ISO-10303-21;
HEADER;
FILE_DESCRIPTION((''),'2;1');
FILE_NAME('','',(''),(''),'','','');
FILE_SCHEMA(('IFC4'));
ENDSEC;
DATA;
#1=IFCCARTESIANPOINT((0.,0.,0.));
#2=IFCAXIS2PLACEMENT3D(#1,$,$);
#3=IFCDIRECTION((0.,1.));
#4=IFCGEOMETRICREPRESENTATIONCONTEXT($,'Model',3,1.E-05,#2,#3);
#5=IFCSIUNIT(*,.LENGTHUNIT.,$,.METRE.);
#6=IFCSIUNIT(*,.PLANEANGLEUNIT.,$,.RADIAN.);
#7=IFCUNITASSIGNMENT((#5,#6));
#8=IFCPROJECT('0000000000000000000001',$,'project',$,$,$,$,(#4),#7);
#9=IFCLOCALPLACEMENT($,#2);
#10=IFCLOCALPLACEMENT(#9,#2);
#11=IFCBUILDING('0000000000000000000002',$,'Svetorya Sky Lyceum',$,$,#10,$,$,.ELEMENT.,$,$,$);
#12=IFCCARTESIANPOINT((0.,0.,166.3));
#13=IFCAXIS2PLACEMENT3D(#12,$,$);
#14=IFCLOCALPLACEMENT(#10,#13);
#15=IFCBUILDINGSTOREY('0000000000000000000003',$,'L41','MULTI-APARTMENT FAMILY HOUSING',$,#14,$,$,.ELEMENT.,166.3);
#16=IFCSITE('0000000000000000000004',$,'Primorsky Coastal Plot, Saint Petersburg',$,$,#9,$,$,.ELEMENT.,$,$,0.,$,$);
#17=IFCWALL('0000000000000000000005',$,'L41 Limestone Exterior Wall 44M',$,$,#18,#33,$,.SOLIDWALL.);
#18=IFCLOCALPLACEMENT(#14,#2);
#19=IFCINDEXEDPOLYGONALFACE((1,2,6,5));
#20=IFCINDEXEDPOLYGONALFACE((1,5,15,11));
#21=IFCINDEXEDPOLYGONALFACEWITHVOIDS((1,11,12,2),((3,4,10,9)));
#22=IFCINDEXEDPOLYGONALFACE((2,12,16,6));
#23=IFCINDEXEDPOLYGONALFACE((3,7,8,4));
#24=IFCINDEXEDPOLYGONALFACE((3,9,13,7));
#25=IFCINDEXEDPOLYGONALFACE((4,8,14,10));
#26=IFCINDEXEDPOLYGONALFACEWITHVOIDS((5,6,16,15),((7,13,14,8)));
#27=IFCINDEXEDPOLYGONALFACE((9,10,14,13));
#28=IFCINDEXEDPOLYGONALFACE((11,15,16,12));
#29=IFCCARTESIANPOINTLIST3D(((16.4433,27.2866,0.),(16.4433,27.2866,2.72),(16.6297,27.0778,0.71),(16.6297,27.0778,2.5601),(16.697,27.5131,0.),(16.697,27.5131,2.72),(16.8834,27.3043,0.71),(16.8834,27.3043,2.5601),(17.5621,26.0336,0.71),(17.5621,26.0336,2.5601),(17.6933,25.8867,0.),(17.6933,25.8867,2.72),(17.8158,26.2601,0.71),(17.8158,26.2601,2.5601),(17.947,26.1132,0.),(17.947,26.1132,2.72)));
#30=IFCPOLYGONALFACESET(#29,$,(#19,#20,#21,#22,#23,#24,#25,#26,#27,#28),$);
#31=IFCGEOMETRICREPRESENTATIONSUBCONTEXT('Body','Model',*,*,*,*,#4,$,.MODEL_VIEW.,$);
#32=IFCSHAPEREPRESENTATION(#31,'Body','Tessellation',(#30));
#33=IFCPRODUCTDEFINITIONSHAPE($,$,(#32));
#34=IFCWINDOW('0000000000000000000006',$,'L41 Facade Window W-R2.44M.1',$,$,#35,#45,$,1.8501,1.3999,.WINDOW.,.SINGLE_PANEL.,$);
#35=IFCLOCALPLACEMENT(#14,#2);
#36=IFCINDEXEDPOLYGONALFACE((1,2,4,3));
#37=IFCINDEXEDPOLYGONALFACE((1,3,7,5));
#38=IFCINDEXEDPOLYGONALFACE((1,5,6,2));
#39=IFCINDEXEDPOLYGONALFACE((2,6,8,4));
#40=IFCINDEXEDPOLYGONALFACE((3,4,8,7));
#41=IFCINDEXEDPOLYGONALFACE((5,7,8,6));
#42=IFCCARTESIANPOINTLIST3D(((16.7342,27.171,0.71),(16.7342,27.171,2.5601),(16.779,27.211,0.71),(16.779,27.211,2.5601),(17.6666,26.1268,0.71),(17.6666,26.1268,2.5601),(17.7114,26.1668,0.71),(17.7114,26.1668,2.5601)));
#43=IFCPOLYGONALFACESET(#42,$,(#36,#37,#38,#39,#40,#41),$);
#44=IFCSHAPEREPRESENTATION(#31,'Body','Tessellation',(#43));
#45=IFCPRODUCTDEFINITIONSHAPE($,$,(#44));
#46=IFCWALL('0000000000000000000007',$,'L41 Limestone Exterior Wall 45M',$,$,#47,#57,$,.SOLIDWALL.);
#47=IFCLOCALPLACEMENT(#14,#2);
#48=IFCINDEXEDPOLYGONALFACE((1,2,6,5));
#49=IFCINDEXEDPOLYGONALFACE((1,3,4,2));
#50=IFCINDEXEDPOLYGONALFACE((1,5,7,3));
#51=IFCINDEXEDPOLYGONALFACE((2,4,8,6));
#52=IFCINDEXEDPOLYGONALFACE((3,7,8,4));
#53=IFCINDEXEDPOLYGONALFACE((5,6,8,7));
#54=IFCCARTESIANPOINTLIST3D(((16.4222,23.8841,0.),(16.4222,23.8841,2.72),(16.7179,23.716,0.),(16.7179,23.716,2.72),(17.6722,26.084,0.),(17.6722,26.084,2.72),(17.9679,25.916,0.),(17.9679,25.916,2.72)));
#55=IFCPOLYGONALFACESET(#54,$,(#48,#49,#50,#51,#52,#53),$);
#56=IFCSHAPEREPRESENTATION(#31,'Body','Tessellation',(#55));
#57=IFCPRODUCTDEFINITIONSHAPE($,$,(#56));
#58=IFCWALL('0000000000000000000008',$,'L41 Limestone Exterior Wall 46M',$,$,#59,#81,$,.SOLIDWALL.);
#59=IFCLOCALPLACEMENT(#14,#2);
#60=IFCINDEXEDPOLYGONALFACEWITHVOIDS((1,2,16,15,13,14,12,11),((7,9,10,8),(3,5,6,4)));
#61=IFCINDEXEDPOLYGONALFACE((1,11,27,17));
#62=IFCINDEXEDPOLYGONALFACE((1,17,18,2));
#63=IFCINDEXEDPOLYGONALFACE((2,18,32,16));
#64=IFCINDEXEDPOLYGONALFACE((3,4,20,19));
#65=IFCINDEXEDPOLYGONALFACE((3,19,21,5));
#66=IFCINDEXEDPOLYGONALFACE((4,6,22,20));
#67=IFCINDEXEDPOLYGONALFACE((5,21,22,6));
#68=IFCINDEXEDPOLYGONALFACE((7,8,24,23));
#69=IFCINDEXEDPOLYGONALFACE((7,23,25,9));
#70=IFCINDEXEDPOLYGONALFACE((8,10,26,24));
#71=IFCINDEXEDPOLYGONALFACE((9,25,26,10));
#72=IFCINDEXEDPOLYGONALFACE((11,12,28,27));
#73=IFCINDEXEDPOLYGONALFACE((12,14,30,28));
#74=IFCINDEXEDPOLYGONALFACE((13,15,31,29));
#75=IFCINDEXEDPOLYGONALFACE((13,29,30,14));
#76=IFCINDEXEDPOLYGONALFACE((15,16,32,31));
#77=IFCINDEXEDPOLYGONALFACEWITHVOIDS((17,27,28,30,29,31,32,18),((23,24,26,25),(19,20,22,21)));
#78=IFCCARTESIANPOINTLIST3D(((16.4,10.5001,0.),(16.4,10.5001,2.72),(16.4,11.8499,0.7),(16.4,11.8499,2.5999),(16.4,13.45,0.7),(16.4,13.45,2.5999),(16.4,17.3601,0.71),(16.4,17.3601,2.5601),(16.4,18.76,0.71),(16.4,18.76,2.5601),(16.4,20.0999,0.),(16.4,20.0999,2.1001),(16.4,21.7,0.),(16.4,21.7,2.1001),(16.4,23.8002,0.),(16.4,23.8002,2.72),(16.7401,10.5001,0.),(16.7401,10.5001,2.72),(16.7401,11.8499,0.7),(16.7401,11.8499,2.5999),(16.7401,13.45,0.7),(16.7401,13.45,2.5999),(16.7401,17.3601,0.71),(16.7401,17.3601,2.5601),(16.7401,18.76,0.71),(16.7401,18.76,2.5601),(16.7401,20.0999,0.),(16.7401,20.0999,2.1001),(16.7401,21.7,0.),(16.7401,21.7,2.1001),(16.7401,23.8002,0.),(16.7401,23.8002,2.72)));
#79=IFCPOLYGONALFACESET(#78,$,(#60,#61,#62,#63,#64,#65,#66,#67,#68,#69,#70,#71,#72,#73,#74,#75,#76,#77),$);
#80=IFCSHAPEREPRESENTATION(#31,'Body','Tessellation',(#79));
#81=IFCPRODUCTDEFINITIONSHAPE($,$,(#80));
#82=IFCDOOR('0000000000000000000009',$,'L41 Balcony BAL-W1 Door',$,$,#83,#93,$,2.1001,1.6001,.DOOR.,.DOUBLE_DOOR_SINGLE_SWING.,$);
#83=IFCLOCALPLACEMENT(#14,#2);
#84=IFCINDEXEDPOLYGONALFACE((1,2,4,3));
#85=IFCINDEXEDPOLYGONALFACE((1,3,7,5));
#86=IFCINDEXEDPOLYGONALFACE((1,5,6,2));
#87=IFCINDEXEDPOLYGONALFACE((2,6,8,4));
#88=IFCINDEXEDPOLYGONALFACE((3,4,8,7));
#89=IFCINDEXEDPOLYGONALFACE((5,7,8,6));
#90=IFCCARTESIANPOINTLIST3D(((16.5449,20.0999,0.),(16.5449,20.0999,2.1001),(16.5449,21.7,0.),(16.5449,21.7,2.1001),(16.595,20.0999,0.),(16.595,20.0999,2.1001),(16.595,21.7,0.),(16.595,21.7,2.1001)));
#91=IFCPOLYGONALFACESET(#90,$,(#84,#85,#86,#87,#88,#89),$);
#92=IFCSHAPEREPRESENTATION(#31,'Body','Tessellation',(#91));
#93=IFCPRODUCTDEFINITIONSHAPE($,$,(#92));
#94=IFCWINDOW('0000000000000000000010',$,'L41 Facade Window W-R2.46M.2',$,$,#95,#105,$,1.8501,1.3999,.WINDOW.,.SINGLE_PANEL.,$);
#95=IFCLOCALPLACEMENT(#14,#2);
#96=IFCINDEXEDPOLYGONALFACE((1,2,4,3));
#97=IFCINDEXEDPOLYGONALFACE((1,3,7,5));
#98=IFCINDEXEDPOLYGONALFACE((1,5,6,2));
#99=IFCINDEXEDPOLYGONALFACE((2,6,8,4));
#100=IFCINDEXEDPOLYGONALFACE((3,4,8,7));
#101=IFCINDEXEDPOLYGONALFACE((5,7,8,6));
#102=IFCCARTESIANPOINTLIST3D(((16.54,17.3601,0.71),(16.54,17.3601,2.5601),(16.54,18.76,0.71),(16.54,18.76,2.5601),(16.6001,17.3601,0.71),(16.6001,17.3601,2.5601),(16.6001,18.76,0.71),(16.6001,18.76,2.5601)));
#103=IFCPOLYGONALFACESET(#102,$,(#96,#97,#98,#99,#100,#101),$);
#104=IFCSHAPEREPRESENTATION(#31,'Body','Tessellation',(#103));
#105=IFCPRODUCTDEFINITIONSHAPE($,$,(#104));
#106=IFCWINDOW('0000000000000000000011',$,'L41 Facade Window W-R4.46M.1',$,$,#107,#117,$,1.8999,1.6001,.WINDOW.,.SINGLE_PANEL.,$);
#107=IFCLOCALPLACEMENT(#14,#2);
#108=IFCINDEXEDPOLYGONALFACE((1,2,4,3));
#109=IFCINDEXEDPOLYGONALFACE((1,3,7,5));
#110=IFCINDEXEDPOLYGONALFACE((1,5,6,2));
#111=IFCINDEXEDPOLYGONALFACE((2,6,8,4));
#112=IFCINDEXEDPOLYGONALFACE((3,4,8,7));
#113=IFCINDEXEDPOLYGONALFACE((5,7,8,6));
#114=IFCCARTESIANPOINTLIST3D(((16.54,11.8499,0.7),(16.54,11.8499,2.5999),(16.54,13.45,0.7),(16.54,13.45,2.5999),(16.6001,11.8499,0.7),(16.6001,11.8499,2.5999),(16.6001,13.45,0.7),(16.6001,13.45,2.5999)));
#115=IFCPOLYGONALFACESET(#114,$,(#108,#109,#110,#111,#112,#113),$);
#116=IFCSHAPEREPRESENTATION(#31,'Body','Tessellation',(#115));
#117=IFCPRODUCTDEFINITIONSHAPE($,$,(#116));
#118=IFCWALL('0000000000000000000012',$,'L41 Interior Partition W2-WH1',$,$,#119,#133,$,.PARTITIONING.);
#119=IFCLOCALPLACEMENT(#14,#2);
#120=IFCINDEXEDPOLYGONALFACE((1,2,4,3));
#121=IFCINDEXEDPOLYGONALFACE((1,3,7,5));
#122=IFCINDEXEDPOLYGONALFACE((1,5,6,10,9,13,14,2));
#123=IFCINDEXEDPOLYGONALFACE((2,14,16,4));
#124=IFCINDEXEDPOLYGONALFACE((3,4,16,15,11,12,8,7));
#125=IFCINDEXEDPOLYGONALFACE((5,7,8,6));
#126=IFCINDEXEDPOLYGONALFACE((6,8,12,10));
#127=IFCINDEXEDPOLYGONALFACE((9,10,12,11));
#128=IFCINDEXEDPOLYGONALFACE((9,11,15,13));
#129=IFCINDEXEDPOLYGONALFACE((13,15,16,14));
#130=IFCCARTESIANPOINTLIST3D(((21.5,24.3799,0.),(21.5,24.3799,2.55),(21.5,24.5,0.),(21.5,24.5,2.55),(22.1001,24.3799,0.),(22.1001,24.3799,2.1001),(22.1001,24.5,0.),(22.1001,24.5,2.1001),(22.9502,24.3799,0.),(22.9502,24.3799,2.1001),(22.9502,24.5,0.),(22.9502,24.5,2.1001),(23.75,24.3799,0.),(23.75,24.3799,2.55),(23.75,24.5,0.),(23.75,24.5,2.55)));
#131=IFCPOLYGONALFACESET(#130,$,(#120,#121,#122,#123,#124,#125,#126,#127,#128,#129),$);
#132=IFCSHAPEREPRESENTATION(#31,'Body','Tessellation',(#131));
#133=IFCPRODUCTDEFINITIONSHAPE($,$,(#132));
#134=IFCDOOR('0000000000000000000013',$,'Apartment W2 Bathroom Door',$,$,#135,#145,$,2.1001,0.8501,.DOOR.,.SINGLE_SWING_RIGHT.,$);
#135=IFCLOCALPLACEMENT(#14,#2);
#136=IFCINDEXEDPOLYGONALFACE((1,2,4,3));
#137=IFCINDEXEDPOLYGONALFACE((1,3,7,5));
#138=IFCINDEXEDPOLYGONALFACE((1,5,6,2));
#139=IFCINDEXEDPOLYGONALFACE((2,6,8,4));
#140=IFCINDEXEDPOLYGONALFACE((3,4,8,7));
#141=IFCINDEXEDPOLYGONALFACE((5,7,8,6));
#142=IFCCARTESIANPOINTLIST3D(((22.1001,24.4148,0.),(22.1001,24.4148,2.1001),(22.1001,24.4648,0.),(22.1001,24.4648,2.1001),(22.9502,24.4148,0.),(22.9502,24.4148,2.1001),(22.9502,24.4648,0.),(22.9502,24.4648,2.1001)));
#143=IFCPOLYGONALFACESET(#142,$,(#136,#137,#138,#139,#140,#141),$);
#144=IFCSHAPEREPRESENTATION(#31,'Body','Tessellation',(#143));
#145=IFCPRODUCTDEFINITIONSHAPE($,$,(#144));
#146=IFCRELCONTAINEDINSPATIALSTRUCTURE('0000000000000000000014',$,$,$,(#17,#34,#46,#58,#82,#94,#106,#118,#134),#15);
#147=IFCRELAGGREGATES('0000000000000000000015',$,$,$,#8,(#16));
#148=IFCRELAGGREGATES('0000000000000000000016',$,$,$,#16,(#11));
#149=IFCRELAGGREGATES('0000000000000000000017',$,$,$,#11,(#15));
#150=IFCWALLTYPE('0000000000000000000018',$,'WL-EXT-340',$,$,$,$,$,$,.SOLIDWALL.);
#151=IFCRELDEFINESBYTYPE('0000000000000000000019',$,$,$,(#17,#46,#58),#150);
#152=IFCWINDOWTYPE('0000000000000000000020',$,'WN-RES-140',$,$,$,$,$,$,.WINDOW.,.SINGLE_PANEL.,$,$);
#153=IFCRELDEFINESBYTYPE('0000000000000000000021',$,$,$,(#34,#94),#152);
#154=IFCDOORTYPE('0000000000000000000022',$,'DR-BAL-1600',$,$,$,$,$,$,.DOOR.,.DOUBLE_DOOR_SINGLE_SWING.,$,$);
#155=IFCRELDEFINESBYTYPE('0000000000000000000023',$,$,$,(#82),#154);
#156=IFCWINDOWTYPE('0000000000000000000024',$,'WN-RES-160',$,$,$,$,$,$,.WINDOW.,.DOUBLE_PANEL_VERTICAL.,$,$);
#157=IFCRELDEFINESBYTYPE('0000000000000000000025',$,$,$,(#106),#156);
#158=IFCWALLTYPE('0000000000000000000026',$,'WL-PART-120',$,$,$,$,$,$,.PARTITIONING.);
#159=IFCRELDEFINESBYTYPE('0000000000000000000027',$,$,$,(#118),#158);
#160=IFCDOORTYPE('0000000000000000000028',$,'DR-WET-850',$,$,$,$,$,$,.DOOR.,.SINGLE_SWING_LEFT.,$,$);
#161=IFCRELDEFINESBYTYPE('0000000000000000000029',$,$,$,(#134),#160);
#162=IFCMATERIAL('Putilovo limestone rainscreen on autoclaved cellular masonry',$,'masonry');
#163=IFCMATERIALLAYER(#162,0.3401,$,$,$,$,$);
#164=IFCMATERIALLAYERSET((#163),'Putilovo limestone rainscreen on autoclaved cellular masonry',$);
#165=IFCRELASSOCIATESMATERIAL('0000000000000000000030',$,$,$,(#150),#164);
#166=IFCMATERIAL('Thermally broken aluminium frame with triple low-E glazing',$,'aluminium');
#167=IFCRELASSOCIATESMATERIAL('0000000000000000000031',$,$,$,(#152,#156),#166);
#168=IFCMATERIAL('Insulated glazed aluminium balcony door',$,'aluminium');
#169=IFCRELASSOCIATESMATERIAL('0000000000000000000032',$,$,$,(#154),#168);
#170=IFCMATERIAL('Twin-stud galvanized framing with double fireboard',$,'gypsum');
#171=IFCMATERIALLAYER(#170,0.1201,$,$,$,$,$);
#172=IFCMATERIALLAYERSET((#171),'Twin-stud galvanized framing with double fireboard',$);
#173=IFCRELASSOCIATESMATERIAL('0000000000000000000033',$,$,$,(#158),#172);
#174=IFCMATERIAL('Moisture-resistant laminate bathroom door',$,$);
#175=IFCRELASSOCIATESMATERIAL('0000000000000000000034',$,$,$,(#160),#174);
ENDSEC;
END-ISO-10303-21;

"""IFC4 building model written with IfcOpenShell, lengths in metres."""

from ifc_helpers import new_model, si_unit, direction, frame, frame_2d, origin, place, context, subcontext, project, spatial, rectangle, extrude, material, layer, layer_set, type_object, element, fill, save


model = new_model("IFC4")

# Units and contexts
model_context = context("Model", 3, precision=1e-05, world=origin(), true_north=direction((0.0, 1.0)))
body_context = subcontext(model_context, "Body", "Model", "MODEL_VIEW")
ifc_project = project(units=[si_unit("LENGTHUNIT", "METRE"), si_unit("PLANEANGLEUNIT", "RADIAN")], contexts=[model_context])

# Site, building, storey
site_placement = place(None, origin())
site = spatial("IfcSite", under=ifc_project, at=site_placement, Name="Primorsky Coastal Plot, Saint Petersburg", CompositionType="ELEMENT", RefElevation=0.0)
building_placement = place(site_placement, origin())
building = spatial("IfcBuilding", under=site, at=building_placement, Name="Svetorya Sky Lyceum", CompositionType="ELEMENT")
storey_placement = place(building_placement, frame((0.0, 0.0, 166.3)))
storey = spatial("IfcBuildingStorey", under=building, at=storey_placement, Name="L41", Description="MULTI-APARTMENT FAMILY HOUSING", CompositionType="ELEMENT", Elevation=166.3)

# Shared definitions
ifc_material_1 = material(Name="Putilovo limestone rainscreen on autoclaved cellular masonry", Category="masonry")
ifc_layer_1 = layer(ifc_material_1, 0.3401)
ifc_layer_set_1 = layer_set([ifc_layer_1], Name="Putilovo limestone rainscreen on autoclaved cellular masonry")
wall_type_1 = type_object("IfcWallType", Name="WL-EXT-340", PredefinedType="SOLIDWALL", material=ifc_layer_set_1)
ifc_material_2 = material(Name="Thermally broken aluminium frame with triple low-E glazing", Category="aluminium")

# Wall, opening, window
wall_1_placement = place(storey_placement, frame((16.5701, 27.3999, 0.0), z_axis=(0.0, 0.0, 1.0), x_axis=(0.666042, -0.745915, 0.0)))
wall_1 = element("IfcWall", 1, at=wall_1_placement, inside=storey, type_object=wall_type_1, Name="L41 Limestone Exterior Wall 44M", PredefinedType="SOLIDWALL", context=body_context, shape_type="SweptSolid", body=[
    extrude(rectangle(XDim=1.8767, YDim=0.3401, at=frame_2d((0.9385, 0.0))), origin(), (0.0, 0.0, 1.0), 2.72),
])
opening_1_placement = place(wall_1_placement, frame((0.28, 0.0, 0.71)))
opening_1 = element("IfcOpeningElement", 2, at=opening_1_placement, cuts=wall_1, PredefinedType="OPENING", context=body_context, shape_type="SweptSolid", body=[
    extrude(rectangle(XDim=1.3999, YDim=1.8501, at=frame_2d((0.7, 0.925))), frame((0.0, 0.1799, 0.0), z_axis=(0.0, -1.0, 0.0), x_axis=(1.0, 0.0, 0.0)), (0.0, 0.0, 1.0), 0.3601),
])
window_type_1 = type_object("IfcWindowType", Name="WN-RES-140", PartitioningType="SINGLE_PANEL", PredefinedType="WINDOW", material=ifc_material_2)
window_1_placement = place(opening_1_placement, origin())
window_1 = element("IfcWindow", 3, at=window_1_placement, inside=storey, type_object=window_type_1, Name="L41 Facade Window W-R2.44M.1", OverallHeight=1.8501, OverallWidth=1.3999, PartitioningType="SINGLE_PANEL", PredefinedType="WINDOW", context=body_context, shape_type="SweptSolid", body=[
    extrude(rectangle(XDim=1.3999, YDim=1.8501, at=frame_2d((0.7, 0.925))), frame((0.0, 0.03, 0.0), z_axis=(0.0, -1.0, 0.0), x_axis=(1.0, 0.0, 0.0)), (0.0, 0.0, 1.0), 0.0601),
])
fill(opening_1, window_1)

# Wall
wall_2_placement = place(storey_placement, frame((17.8201, 26.0, 0.0), z_axis=(0.0, 0.0, 1.0), x_axis=(-0.494018, -0.869452, 0.0)))
element("IfcWall", 4, at=wall_2_placement, inside=storey, type_object=wall_type_1, Name="L41 Limestone Exterior Wall 45M", PredefinedType="SOLIDWALL", context=body_context, shape_type="SweptSolid", body=[
    extrude(rectangle(XDim=2.5303, YDim=0.3401, at=frame_2d((1.2651, 0.0))), origin(), (0.0, 0.0, 1.0), 2.72),
])

# Wall, openings, door, windows
wall_3_placement = place(storey_placement, frame((16.5701, 23.8, 0.0), z_axis=(0.0, 0.0, 1.0), x_axis=(0.0, -1.0, 0.0)))
wall_3 = element("IfcWall", 5, at=wall_3_placement, inside=storey, type_object=wall_type_1, Name="L41 Limestone Exterior Wall 46M", PredefinedType="SOLIDWALL", context=body_context, shape_type="SweptSolid", body=[
    extrude(rectangle(XDim=13.3, YDim=0.3401, at=frame_2d((6.6499, 0.0))), origin(), (0.0, 0.0, 1.0), 2.72),
])
opening_2_placement = place(wall_3_placement, frame((2.1001, 0.0, 0.0)))
opening_2 = element("IfcOpeningElement", 6, at=opening_2_placement, cuts=wall_3, PredefinedType="OPENING", context=body_context, shape_type="SweptSolid", body=[
    extrude(rectangle(XDim=1.6001, YDim=2.1001, at=frame_2d((0.8, 1.05))), frame((0.0, 0.1799, 0.0), z_axis=(0.0, -1.0, 0.0), x_axis=(1.0, 0.0, 0.0)), (0.0, 0.0, 1.0), 0.3601),
])
opening_3_placement = place(wall_3_placement, frame((5.04, 0.0, 0.71)))
opening_3 = element("IfcOpeningElement", 7, at=opening_3_placement, cuts=wall_3, PredefinedType="OPENING", context=body_context, shape_type="SweptSolid", body=[
    extrude(rectangle(XDim=1.3999, YDim=1.8501, at=frame_2d((0.7, 0.925))), frame((0.0, 0.1799, 0.0), z_axis=(0.0, -1.0, 0.0), x_axis=(1.0, 0.0, 0.0)), (0.0, 0.0, 1.0), 0.3601),
])
opening_4_placement = place(wall_3_placement, frame((10.3501, 0.0, 0.7)))
opening_4 = element("IfcOpeningElement", 8, at=opening_4_placement, cuts=wall_3, PredefinedType="OPENING", context=body_context, shape_type="SweptSolid", body=[
    extrude(rectangle(XDim=1.6001, YDim=1.8999, at=frame_2d((0.8, 0.95))), frame((0.0, 0.1799, 0.0), z_axis=(0.0, -1.0, 0.0), x_axis=(1.0, 0.0, 0.0)), (0.0, 0.0, 1.0), 0.3601),
])
ifc_material_3 = material(Name="Insulated glazed aluminium balcony door", Category="aluminium")
door_type_1 = type_object("IfcDoorType", Name="DR-BAL-1600", OperationType="DOUBLE_DOOR_SINGLE_SWING", PredefinedType="DOOR", material=ifc_material_3)
door_1_placement = place(opening_2_placement, origin())
door_1 = element("IfcDoor", 9, at=door_1_placement, inside=storey, type_object=door_type_1, Name="L41 Balcony BAL-W1 Door", OperationType="DOUBLE_DOOR_SINGLE_SWING", OverallHeight=2.1001, OverallWidth=1.6001, PredefinedType="DOOR", context=body_context, shape_type="SweptSolid", body=[
    extrude(rectangle(XDim=1.6001, YDim=2.1001, at=frame_2d((0.8, 1.05))), frame((0.0, 0.0249, 0.0), z_axis=(0.0, -1.0, 0.0), x_axis=(1.0, 0.0, 0.0)), (0.0, 0.0, 1.0), 0.05),
])
fill(opening_2, door_1)
window_2_placement = place(opening_3_placement, origin())
window_2 = element("IfcWindow", 10, at=window_2_placement, inside=storey, type_object=window_type_1, Name="L41 Facade Window W-R2.46M.2", OverallHeight=1.8501, OverallWidth=1.3999, PartitioningType="SINGLE_PANEL", PredefinedType="WINDOW", context=body_context, shape_type="SweptSolid", body=[
    extrude(rectangle(XDim=1.3999, YDim=1.8501, at=frame_2d((0.7, 0.925))), frame((0.0, 0.03, 0.0), z_axis=(0.0, -1.0, 0.0), x_axis=(1.0, 0.0, 0.0)), (0.0, 0.0, 1.0), 0.0601),
])
fill(opening_3, window_2)
window_type_2 = type_object("IfcWindowType", Name="WN-RES-160", PartitioningType="DOUBLE_PANEL_VERTICAL", PredefinedType="WINDOW", material=ifc_material_2)
window_3_placement = place(opening_4_placement, origin())
window_3 = element("IfcWindow", 11, at=window_3_placement, inside=storey, type_object=window_type_2, Name="L41 Facade Window W-R4.46M.1", OverallHeight=1.8999, OverallWidth=1.6001, PartitioningType="SINGLE_PANEL", PredefinedType="WINDOW", context=body_context, shape_type="SweptSolid", body=[
    extrude(rectangle(XDim=1.6001, YDim=1.8999, at=frame_2d((0.8, 0.95))), frame((0.0, 0.03, 0.0), z_axis=(0.0, -1.0, 0.0), x_axis=(1.0, 0.0, 0.0)), (0.0, 0.0, 1.0), 0.0601),
])
fill(opening_4, window_3)

# Wall, opening, door
ifc_material_4 = material(Name="Twin-stud galvanized framing with double fireboard", Category="gypsum")
ifc_layer_2 = layer(ifc_material_4, 0.1201)
ifc_layer_set_2 = layer_set([ifc_layer_2], Name="Twin-stud galvanized framing with double fireboard")
wall_type_2 = type_object("IfcWallType", Name="WL-PART-120", PredefinedType="PARTITIONING", material=ifc_layer_set_2)
wall_4_placement = place(storey_placement, frame((21.5, 24.4399, 0.0), z_axis=(0.0, 0.0, 1.0), x_axis=(1.0, 0.0, 0.0)))
wall_4 = element("IfcWall", 12, at=wall_4_placement, inside=storey, type_object=wall_type_2, Name="L41 Interior Partition W2-WH1", PredefinedType="PARTITIONING", context=body_context, shape_type="SweptSolid", body=[
    extrude(rectangle(XDim=2.25, YDim=0.1201, at=frame_2d((1.125, 0.0))), origin(), (0.0, 0.0, 1.0), 2.55),
])
opening_5_placement = place(wall_4_placement, frame((0.6001, 0.0, 0.0)))
opening_5 = element("IfcOpeningElement", 13, at=opening_5_placement, cuts=wall_4, PredefinedType="OPENING", context=body_context, shape_type="SweptSolid", body=[
    extrude(rectangle(XDim=0.8501, YDim=2.1001, at=frame_2d((0.425, 1.05))), frame((0.0, 0.0701, 0.0), z_axis=(0.0, -1.0, 0.0), x_axis=(1.0, 0.0, 0.0)), (0.0, 0.0, 1.0), 0.1401),
])
ifc_material_5 = material(Name="Moisture-resistant laminate bathroom door")
door_type_2 = type_object("IfcDoorType", Name="DR-WET-850", OperationType="SINGLE_SWING_LEFT", PredefinedType="DOOR", material=ifc_material_5)
door_2_placement = place(opening_5_placement, origin())
door_2 = element("IfcDoor", 14, at=door_2_placement, inside=storey, type_object=door_type_2, Name="Apartment W2 Bathroom Door", OperationType="SINGLE_SWING_RIGHT", OverallHeight=2.1001, OverallWidth=0.8501, PredefinedType="DOOR", context=body_context, shape_type="SweptSolid", body=[
    extrude(rectangle(XDim=0.8501, YDim=2.1001, at=frame_2d((0.425, 1.05))), frame((0.0, 0.0249, 0.0), z_axis=(0.0, -1.0, 0.0), x_axis=(1.0, 0.0, 0.0)), (0.0, 0.0, 1.0), 0.05),
])
fill(opening_5, door_2)

save(model, "model.ifc")
